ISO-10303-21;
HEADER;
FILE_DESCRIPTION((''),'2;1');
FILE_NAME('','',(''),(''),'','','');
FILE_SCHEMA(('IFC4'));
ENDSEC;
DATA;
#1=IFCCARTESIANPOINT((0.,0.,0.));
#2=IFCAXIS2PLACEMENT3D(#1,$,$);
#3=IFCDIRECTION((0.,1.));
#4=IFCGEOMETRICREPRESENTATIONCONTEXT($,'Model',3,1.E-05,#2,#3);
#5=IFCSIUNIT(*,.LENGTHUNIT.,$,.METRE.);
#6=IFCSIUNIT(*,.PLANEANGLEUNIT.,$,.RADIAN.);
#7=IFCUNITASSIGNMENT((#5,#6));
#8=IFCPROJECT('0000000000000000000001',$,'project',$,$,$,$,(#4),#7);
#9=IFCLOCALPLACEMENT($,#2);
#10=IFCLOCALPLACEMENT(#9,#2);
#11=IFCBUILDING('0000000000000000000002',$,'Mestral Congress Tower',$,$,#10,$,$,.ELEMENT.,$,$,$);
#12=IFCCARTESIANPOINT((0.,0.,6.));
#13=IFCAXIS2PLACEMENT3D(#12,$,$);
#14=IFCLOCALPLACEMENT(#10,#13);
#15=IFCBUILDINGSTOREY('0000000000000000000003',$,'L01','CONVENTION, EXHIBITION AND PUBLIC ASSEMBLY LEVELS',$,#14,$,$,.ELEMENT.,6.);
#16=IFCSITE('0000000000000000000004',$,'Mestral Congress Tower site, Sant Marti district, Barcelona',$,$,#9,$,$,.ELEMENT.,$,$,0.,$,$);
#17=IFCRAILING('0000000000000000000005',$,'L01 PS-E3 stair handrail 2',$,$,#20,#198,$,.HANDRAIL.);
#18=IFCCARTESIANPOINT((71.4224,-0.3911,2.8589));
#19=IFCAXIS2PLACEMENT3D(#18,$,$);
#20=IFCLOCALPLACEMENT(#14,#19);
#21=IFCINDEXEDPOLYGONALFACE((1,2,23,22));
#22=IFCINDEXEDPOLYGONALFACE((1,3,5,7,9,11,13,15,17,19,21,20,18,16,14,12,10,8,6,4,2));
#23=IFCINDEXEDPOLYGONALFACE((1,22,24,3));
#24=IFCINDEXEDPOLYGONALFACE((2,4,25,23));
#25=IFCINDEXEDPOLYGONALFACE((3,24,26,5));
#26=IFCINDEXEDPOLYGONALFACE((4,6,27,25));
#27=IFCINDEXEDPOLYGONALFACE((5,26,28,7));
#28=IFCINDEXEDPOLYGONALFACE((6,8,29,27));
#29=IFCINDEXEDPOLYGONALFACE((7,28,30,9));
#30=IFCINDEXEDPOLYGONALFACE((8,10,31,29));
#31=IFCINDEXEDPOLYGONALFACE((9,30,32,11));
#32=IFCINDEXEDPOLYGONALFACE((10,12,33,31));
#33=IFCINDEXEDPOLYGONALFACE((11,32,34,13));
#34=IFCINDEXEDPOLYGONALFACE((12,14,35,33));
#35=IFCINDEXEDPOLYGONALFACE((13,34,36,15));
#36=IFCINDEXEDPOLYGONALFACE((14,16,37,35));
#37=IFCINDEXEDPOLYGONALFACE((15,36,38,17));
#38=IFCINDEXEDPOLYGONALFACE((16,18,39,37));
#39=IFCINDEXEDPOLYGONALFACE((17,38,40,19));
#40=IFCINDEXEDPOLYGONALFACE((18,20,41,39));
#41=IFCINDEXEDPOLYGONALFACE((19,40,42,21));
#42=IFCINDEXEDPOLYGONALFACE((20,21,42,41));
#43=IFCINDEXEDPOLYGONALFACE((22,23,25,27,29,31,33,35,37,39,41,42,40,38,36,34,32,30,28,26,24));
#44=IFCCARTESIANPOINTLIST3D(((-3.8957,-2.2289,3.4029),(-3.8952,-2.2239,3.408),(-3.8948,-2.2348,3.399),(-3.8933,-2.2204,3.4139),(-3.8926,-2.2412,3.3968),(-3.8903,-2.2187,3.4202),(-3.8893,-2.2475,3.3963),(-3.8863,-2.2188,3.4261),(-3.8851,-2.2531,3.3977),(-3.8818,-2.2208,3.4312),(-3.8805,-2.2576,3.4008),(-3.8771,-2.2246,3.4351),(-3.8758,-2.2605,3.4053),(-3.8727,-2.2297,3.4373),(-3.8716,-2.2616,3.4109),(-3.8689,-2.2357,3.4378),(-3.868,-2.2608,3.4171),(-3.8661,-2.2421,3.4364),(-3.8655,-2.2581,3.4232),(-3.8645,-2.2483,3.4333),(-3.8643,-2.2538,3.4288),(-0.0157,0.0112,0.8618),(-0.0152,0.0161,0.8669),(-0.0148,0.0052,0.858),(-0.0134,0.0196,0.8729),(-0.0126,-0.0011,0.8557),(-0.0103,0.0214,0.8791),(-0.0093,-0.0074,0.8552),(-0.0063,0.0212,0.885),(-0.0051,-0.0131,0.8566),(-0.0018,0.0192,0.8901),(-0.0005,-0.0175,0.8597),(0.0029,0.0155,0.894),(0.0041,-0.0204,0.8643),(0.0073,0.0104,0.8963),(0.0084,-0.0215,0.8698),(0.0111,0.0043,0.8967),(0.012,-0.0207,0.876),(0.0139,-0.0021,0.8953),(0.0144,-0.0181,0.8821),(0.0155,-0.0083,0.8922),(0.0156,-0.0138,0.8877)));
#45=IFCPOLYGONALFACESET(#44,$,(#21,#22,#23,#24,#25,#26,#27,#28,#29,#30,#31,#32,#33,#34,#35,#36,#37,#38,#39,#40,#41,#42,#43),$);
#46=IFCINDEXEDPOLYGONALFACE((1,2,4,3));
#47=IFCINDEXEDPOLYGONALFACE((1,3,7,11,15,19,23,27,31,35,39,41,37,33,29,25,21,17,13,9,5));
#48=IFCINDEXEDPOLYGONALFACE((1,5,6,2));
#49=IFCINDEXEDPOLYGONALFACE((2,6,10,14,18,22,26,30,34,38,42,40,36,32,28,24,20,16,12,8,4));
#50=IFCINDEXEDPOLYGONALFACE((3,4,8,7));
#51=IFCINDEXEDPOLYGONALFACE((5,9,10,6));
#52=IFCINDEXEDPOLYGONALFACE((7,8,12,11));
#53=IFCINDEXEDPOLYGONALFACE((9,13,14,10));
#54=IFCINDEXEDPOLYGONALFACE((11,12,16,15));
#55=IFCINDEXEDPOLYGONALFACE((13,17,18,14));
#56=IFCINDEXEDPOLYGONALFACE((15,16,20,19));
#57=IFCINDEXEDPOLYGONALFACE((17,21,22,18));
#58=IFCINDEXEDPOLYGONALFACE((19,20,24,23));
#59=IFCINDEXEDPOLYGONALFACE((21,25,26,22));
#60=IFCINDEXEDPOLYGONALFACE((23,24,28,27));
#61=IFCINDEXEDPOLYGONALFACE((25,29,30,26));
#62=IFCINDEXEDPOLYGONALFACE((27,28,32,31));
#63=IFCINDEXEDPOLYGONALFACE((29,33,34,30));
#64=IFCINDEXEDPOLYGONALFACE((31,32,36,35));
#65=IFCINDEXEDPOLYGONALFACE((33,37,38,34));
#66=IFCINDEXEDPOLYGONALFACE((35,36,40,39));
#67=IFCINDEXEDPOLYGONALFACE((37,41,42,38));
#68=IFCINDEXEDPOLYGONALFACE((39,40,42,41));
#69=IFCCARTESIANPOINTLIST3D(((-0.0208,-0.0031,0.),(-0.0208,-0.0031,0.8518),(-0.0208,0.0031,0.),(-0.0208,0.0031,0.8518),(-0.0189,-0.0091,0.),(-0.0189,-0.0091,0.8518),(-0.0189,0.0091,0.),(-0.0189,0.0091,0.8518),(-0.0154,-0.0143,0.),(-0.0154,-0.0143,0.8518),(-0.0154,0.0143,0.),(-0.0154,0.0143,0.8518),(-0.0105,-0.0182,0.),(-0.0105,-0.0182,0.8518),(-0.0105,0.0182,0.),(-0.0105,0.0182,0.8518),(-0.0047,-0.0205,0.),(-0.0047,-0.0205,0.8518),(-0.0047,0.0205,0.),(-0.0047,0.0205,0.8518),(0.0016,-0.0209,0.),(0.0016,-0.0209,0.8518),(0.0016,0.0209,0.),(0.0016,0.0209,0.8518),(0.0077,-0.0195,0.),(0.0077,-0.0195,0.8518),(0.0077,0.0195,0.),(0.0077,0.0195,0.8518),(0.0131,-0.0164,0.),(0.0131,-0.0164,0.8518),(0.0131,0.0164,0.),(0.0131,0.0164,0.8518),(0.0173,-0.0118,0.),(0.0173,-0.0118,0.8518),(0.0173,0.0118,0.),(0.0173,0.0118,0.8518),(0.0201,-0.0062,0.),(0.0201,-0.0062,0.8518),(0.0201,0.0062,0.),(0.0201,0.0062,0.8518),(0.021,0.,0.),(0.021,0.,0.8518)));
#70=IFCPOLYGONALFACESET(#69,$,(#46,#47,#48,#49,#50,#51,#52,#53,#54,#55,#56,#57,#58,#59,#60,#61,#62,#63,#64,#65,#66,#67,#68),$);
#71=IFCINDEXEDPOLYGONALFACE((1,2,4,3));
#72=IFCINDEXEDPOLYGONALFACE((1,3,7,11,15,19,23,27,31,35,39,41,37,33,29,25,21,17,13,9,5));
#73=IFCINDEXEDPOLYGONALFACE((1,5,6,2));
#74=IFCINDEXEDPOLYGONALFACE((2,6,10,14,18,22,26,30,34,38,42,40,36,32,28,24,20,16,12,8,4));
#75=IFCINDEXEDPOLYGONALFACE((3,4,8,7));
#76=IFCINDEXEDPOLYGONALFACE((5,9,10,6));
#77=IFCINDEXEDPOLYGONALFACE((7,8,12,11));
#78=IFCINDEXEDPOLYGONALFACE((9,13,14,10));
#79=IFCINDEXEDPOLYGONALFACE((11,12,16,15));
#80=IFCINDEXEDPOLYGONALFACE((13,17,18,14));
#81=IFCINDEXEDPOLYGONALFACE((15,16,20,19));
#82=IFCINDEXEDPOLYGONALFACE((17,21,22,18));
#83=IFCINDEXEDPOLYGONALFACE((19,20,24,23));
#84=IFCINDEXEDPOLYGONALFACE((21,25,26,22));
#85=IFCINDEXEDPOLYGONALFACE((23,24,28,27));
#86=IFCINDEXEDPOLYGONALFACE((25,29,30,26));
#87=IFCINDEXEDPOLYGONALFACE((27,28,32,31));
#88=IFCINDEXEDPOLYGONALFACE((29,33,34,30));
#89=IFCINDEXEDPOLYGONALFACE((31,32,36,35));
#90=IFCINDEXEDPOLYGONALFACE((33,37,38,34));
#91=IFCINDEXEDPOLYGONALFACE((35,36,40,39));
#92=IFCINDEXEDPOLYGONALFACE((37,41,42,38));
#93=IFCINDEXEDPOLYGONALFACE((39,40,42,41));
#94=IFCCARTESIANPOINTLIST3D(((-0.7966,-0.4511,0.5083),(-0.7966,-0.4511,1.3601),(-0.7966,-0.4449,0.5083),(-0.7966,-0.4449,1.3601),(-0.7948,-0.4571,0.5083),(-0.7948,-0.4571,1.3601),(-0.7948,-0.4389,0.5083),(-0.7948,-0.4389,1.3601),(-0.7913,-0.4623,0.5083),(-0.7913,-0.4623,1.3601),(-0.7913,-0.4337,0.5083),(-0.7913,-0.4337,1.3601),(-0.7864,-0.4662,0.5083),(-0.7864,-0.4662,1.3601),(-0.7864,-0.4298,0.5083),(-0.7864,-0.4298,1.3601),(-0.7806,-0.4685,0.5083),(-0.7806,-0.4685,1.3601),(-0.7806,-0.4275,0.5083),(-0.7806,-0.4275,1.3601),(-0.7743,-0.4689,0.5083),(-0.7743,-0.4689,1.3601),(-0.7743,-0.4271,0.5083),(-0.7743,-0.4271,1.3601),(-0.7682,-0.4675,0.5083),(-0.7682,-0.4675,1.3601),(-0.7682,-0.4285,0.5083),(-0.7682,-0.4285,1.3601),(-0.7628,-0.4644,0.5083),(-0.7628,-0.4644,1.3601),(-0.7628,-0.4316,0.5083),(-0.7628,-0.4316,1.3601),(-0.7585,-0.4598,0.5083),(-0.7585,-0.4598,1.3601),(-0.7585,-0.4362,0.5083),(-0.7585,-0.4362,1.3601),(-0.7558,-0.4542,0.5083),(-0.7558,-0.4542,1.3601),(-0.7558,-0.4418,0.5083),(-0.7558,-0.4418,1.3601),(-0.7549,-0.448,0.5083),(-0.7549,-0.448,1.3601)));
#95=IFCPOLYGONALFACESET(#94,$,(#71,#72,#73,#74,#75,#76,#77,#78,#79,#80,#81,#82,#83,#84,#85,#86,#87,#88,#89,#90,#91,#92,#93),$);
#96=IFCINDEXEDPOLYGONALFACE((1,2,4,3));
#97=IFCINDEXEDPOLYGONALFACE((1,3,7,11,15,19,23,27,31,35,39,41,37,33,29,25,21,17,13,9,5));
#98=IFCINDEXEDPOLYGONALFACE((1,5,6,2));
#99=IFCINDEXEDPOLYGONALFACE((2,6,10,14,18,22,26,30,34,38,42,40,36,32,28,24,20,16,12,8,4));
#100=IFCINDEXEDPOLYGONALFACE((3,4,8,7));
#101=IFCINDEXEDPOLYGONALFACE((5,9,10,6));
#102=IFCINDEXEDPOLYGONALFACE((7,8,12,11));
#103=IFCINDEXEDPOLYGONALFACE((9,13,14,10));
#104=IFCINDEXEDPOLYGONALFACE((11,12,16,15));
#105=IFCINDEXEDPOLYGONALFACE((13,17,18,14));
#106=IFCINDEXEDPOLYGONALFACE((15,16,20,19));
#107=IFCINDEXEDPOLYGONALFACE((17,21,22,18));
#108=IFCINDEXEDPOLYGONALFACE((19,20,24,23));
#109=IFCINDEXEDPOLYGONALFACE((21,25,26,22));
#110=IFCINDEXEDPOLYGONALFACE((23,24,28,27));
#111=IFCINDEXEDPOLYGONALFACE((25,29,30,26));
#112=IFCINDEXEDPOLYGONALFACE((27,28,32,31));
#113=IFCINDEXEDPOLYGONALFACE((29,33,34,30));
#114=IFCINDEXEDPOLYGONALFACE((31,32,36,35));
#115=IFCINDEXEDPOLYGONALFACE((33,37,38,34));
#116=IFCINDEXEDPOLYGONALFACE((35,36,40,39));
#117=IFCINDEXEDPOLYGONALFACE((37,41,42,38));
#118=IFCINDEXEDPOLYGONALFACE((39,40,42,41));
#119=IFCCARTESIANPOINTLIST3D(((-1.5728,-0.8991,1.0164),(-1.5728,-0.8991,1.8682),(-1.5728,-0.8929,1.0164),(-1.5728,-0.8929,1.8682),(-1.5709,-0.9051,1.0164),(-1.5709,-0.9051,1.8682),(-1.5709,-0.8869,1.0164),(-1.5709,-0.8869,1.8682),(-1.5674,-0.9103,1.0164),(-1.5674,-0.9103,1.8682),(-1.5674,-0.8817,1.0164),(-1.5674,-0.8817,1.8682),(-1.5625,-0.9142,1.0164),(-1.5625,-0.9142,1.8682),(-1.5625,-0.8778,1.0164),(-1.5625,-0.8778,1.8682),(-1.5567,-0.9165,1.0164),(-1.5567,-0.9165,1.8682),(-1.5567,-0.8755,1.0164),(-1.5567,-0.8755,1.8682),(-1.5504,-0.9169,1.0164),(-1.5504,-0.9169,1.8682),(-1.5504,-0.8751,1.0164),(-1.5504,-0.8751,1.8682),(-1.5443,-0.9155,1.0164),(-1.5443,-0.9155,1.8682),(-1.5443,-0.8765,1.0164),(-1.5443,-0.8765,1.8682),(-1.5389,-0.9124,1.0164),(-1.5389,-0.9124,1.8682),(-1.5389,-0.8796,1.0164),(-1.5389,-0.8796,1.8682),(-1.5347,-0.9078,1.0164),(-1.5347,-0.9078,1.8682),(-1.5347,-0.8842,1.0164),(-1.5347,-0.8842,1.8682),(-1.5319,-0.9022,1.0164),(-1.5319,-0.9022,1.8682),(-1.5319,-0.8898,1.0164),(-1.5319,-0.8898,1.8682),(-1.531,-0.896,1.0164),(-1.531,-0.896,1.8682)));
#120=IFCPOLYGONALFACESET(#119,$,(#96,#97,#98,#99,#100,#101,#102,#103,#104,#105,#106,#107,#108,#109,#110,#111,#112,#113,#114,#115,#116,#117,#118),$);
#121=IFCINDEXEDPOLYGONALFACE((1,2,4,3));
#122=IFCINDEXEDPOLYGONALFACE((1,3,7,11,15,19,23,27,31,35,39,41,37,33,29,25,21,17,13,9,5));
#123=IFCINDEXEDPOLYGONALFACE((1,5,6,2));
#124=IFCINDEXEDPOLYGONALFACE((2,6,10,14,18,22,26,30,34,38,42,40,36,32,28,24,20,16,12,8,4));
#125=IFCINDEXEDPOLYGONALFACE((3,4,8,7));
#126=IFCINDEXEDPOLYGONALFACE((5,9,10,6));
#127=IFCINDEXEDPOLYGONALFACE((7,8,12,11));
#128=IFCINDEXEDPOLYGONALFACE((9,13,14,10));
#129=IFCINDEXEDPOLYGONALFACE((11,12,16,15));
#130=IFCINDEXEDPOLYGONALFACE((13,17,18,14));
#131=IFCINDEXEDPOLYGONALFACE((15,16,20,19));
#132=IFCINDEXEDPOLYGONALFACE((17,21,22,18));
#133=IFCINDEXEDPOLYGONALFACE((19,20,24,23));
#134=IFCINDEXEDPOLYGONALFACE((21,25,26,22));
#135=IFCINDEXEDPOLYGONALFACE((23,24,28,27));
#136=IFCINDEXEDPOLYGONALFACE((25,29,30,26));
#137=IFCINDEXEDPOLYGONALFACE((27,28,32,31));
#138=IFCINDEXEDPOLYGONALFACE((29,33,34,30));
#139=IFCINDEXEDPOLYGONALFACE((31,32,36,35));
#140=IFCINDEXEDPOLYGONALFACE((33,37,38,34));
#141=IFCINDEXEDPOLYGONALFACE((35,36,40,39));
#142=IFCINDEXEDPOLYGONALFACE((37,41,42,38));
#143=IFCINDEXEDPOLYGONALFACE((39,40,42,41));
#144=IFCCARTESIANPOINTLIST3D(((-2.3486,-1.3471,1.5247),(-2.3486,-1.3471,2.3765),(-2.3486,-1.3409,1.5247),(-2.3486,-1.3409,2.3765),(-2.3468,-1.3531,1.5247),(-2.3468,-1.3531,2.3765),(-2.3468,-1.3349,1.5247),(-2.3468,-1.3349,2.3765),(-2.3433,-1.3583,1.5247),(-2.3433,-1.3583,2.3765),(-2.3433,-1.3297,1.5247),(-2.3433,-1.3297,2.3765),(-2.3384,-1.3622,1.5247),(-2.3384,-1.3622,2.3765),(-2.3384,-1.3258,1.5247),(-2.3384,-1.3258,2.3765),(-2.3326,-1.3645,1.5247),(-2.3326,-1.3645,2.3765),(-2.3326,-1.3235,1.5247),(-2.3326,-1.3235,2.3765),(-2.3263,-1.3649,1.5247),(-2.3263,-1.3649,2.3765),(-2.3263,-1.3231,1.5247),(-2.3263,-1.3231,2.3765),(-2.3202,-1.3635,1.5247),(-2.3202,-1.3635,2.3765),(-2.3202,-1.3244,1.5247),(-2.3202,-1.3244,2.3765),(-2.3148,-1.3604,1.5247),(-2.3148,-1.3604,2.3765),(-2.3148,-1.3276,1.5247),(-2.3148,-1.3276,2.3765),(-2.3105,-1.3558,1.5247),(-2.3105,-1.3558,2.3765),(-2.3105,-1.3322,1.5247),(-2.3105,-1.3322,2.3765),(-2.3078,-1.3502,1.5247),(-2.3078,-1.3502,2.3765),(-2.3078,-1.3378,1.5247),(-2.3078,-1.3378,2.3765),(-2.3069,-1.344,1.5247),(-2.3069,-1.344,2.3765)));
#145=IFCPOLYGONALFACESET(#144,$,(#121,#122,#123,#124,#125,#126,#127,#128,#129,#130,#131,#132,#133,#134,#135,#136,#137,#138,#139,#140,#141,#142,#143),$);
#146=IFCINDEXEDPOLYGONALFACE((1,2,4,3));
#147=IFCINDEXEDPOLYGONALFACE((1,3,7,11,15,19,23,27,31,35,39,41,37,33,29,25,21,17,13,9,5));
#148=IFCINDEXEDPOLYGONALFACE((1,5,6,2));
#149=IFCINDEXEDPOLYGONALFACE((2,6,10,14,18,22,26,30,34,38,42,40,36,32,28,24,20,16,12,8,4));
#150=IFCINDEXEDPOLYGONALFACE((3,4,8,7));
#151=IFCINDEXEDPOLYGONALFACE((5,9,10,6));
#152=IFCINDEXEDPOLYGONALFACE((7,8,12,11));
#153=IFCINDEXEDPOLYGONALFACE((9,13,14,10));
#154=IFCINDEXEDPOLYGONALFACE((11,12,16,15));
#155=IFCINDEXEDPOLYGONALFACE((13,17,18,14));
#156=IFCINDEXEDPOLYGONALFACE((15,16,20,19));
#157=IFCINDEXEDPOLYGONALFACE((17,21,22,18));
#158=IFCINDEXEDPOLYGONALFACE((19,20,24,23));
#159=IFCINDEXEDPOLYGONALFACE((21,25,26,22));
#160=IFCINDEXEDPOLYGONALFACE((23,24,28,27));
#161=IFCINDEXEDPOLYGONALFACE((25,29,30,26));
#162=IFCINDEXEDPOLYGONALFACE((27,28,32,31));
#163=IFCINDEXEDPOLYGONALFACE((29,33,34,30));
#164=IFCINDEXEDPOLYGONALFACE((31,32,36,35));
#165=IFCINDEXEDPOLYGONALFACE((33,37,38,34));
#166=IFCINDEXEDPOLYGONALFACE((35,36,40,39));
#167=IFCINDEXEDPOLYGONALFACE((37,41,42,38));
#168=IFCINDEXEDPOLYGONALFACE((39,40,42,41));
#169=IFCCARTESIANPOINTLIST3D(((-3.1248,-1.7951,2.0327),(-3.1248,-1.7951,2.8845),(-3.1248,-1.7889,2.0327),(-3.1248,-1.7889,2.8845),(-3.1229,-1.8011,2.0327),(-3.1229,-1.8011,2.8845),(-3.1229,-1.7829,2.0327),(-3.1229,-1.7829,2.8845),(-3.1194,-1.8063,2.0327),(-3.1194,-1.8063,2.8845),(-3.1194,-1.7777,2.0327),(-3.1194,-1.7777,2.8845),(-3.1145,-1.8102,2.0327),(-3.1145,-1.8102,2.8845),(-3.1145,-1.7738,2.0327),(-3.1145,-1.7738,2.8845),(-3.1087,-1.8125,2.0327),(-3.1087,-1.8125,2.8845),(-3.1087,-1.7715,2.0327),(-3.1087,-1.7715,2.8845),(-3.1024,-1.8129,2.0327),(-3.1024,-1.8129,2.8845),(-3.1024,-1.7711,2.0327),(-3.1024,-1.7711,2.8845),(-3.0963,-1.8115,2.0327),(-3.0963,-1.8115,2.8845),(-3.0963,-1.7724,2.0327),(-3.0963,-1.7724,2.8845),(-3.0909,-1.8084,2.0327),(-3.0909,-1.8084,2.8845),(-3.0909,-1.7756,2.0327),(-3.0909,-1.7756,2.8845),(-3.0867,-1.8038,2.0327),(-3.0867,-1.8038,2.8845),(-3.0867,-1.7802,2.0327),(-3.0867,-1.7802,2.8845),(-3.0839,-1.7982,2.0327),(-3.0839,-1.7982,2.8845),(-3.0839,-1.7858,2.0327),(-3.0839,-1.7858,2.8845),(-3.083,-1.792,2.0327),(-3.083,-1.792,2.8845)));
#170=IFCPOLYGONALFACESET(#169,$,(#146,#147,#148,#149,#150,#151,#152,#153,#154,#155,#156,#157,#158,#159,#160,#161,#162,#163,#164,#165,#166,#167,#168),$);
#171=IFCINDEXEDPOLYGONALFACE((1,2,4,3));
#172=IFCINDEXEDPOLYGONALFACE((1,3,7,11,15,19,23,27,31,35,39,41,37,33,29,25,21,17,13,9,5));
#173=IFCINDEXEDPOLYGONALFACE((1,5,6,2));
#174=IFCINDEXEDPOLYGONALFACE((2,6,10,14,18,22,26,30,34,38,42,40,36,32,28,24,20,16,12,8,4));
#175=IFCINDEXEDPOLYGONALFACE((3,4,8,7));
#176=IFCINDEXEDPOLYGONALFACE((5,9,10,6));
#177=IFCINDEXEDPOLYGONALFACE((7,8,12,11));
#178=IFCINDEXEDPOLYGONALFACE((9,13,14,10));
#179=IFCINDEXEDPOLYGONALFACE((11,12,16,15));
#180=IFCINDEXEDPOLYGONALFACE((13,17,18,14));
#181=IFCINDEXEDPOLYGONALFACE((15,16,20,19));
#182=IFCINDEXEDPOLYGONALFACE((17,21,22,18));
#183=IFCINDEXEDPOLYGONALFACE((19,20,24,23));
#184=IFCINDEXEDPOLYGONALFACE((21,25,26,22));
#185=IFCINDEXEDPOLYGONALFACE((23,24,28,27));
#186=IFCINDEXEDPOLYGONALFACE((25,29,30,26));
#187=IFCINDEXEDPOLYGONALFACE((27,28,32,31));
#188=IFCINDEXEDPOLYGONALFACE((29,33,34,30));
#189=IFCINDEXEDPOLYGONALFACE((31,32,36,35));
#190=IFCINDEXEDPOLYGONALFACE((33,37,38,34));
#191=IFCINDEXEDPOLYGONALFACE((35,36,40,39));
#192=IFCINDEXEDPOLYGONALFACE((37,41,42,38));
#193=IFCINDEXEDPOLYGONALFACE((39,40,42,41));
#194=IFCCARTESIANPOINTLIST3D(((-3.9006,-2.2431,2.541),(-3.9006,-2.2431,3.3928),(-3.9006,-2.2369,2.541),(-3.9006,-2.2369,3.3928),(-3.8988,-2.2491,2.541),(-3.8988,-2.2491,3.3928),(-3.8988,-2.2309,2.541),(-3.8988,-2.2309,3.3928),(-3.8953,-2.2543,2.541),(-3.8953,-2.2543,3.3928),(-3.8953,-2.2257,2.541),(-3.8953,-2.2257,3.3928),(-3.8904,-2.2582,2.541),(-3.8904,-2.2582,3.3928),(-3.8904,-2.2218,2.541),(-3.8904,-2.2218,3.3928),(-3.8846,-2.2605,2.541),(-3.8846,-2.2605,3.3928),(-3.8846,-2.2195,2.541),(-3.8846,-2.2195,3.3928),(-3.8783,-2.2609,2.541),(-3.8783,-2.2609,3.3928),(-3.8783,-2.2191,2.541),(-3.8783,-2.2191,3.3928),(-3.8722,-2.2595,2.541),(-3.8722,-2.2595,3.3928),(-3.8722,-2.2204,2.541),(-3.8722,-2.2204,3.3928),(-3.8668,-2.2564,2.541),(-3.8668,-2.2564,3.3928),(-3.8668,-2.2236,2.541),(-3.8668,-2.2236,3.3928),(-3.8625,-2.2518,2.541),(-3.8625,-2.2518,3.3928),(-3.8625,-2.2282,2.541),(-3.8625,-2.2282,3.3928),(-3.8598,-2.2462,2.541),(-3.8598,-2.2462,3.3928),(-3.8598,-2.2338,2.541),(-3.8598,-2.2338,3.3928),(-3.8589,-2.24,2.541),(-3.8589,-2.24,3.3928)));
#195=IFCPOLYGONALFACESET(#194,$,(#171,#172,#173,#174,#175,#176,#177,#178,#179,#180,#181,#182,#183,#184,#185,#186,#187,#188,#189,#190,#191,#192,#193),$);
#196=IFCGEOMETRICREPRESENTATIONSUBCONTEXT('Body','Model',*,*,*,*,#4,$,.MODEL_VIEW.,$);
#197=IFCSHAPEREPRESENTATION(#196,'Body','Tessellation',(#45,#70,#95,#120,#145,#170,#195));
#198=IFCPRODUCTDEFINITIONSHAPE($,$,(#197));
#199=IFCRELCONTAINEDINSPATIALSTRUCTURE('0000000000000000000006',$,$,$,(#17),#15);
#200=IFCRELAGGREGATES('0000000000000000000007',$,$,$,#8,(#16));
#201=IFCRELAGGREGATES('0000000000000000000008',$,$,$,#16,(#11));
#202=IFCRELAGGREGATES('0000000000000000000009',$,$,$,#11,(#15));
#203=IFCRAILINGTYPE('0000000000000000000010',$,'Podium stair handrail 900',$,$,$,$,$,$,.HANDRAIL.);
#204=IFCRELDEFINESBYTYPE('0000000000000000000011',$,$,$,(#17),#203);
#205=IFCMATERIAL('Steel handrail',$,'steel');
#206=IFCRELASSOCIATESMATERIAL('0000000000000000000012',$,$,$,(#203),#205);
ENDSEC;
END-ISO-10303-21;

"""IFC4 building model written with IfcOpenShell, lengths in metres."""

from ifc_helpers import new_model, si_unit, direction, frame, origin, origin_2d, place, context, subcontext, project, spatial, circle, extrude, material, type_object, element, save


model = new_model("IFC4")

# Units and contexts
model_context = context("Model", 3, precision=1e-05, world=origin(), true_north=direction((0.0, 1.0)))
body_context = subcontext(model_context, "Body", "Model", "MODEL_VIEW")
ifc_project = project(units=[si_unit("LENGTHUNIT", "METRE"), si_unit("PLANEANGLEUNIT", "RADIAN")], contexts=[model_context])

# Site, building, storey
site_placement = place(None, origin())
site = spatial("IfcSite", under=ifc_project, at=site_placement, Name="Mestral Congress Tower site, Sant Marti district, Barcelona", CompositionType="ELEMENT", RefElevation=0.0)
building_placement = place(site_placement, origin())
building = spatial("IfcBuilding", under=site, at=building_placement, Name="Mestral Congress Tower", CompositionType="ELEMENT")
storey_placement = place(building_placement, frame((0.0, 0.0, 6.0)))
storey = spatial("IfcBuildingStorey", under=building, at=storey_placement, Name="L01", Description="CONVENTION, EXHIBITION AND PUBLIC ASSEMBLY LEVELS", CompositionType="ELEMENT", Elevation=6.0)

# Railing
ifc_material_1 = material(Name="Steel handrail", Category="steel")
railing_type_1 = type_object("IfcRailingType", Name="Podium stair handrail 900", PredefinedType="HANDRAIL", material=ifc_material_1)
railing_1_placement = place(storey_placement, frame((71.4224, -0.3911, 2.8589)))
element("IfcRailing", 1, at=railing_1_placement, inside=storey, type_object=railing_type_1, Name="L01 PS-E3 stair handrail 2", PredefinedType="HANDRAIL", context=body_context, shape_type="SweptSolid", body=[
    extrude(circle(Radius=0.0239, at=origin_2d()), frame((0.0, 0.0, 0.876), z_axis=(-0.7533, -0.434906, 0.493352), x_axis=(0.49999, -0.866031, 0.0)), (0.0, 0.0, 1.0), 5.1506),
    extrude(circle(Radius=0.021, at=origin_2d()), origin(), (0.0, 0.0, 1.0), 0.8518),
    extrude(circle(Radius=0.021, at=origin_2d()), frame((-0.7759, -0.448, 0.5083)), (0.0, 0.0, 1.0), 0.8518),
    extrude(circle(Radius=0.021, at=origin_2d()), frame((-1.552, -0.896, 1.0164)), (0.0, 0.0, 1.0), 0.8518),
    extrude(circle(Radius=0.021, at=origin_2d()), frame((-2.3279, -1.344, 1.5247)), (0.0, 0.0, 1.0), 0.8518),
    extrude(circle(Radius=0.021, at=origin_2d()), frame((-3.104, -1.792, 2.0327)), (0.0, 0.0, 1.0), 0.8518),
    extrude(circle(Radius=0.021, at=origin_2d()), frame((-3.8799, -2.24, 2.541)), (0.0, 0.0, 1.0), 0.8518),
])

save(model, "model.ifc")
